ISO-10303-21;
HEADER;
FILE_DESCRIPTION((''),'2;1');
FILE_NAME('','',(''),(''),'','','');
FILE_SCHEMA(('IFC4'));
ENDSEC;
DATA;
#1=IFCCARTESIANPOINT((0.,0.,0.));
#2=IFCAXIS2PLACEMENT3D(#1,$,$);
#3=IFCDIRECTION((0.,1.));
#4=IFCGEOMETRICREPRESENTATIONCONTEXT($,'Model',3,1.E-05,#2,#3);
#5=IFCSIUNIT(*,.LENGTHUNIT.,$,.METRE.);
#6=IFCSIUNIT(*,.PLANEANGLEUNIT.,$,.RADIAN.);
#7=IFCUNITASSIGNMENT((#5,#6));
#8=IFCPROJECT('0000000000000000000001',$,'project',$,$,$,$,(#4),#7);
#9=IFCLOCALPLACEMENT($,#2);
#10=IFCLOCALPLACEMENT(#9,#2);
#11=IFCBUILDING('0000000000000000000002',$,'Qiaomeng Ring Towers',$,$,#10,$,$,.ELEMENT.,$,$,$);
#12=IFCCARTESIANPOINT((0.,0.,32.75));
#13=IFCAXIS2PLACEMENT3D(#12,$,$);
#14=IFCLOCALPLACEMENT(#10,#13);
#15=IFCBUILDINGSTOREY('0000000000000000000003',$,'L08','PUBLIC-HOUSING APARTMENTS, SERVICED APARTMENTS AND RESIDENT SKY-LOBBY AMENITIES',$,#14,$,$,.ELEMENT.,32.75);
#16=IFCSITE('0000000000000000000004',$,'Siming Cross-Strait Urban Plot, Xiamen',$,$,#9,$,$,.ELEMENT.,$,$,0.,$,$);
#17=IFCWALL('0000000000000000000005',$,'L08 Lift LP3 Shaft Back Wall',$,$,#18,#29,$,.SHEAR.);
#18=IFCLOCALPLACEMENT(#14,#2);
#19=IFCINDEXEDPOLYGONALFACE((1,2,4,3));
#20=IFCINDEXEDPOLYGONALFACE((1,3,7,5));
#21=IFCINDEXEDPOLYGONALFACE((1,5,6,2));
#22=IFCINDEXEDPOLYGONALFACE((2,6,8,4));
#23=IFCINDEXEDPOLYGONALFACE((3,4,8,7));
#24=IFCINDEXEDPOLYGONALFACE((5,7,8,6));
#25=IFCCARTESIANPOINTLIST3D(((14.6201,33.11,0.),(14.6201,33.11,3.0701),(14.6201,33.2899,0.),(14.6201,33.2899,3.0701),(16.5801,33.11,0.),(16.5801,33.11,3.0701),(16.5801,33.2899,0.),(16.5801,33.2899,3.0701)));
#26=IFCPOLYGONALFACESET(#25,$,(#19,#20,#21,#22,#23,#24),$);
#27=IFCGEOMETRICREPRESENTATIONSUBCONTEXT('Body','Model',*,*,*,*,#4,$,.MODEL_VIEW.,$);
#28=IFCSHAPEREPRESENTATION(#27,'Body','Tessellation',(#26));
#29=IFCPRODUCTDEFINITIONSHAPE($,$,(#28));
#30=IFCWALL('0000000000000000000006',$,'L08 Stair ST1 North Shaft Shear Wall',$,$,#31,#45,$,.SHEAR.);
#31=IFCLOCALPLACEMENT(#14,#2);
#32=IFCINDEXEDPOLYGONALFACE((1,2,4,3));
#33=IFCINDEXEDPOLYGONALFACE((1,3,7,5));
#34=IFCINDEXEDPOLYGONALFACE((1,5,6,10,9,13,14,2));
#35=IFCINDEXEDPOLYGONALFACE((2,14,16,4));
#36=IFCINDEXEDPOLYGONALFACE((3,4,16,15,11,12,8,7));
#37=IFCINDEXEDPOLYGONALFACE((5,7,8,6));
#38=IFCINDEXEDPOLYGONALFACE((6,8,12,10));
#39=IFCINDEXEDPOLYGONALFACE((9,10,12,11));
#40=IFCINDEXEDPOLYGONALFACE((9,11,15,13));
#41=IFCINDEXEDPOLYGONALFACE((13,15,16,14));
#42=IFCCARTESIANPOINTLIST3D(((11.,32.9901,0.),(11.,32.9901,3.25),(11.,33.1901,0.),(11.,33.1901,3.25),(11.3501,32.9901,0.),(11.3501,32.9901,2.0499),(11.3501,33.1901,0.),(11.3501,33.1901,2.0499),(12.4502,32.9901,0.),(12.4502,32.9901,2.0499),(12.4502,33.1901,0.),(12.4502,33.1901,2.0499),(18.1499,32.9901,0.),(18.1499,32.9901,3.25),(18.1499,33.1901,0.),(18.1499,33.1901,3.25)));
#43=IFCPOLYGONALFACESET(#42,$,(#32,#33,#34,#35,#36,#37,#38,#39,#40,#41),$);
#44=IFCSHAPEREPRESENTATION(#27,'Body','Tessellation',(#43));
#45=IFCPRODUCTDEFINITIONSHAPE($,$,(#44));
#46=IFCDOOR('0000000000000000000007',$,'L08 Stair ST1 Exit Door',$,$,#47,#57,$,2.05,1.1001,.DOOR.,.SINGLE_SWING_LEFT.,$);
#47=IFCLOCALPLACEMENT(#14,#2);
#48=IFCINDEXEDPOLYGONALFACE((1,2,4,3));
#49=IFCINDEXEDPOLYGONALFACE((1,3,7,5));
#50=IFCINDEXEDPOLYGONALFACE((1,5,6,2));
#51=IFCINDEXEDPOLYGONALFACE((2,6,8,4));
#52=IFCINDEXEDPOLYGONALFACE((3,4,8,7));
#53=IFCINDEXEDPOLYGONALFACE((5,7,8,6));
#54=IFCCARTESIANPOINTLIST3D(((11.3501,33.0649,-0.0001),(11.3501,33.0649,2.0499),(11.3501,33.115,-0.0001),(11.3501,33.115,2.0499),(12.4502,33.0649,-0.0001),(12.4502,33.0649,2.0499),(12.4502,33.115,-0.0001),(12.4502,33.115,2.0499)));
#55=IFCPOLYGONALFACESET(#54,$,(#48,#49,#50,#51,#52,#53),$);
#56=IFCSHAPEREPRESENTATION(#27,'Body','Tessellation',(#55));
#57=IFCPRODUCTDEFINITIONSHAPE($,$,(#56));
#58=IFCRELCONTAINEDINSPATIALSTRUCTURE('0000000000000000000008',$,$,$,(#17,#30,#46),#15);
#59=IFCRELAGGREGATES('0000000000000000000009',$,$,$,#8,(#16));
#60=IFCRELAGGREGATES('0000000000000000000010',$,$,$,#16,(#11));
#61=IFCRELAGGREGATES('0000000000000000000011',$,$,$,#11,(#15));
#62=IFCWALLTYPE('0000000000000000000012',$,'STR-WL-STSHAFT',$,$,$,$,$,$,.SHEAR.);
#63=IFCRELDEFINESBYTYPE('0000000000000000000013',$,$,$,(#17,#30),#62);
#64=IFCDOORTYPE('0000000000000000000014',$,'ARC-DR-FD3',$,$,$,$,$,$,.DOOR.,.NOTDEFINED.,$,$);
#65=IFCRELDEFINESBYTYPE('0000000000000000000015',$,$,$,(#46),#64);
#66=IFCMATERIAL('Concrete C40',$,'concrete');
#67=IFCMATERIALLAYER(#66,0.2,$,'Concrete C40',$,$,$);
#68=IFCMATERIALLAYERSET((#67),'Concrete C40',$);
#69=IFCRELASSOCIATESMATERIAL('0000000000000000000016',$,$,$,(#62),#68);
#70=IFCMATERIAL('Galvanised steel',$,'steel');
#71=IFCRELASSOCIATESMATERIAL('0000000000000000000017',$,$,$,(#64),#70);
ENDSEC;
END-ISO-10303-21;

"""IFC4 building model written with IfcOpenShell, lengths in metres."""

from ifc_helpers import new_model, si_unit, direction, frame, frame_2d, origin, place, context, subcontext, project, spatial, rectangle, extrude, source, transform, mapped, material, layer, layer_set, type_object, element, fill, save


model = new_model("IFC4")

# Units and contexts
model_context = context("Model", 3, precision=1e-05, world=origin(), true_north=direction((0.0, 1.0)))
body_context = subcontext(model_context, "Body", "Model", "MODEL_VIEW")
ifc_project = project(units=[si_unit("LENGTHUNIT", "METRE"), si_unit("PLANEANGLEUNIT", "RADIAN")], contexts=[model_context])

# Site, building, storey
site_placement = place(None, origin())
site = spatial("IfcSite", under=ifc_project, at=site_placement, Name="Siming Cross-Strait Urban Plot, Xiamen", CompositionType="ELEMENT", RefElevation=0.0)
building_placement = place(site_placement, origin())
building = spatial("IfcBuilding", under=site, at=building_placement, Name="Qiaomeng Ring Towers", CompositionType="ELEMENT")
storey_placement = place(building_placement, frame((0.0, 0.0, 32.75)))
storey = spatial("IfcBuildingStorey", under=building, at=storey_placement, Name="L08", Description="PUBLIC-HOUSING APARTMENTS, SERVICED APARTMENTS AND RESIDENT SKY-LOBBY AMENITIES", CompositionType="ELEMENT", Elevation=32.75)

# Wall
ifc_material_1 = material(Name="Concrete C40", Category="concrete")
ifc_layer_1 = layer(ifc_material_1, 0.2, Name="Concrete C40")
ifc_layer_set_1 = layer_set([ifc_layer_1], Name="Concrete C40")
wall_type_1 = type_object("IfcWallType", Name="STR-WL-STSHAFT", PredefinedType="SHEAR", material=ifc_layer_set_1)
wall_1_placement = place(storey_placement, frame((14.6201, 33.2, 0.0), z_axis=(0.0, 0.0, 1.0), x_axis=(1.0, 0.0, 0.0)))
element("IfcWall", 1, at=wall_1_placement, inside=storey, type_object=wall_type_1, Name="L08 Lift LP3 Shaft Back Wall", PredefinedType="SHEAR", context=body_context, shape_type="SweptSolid", body=[
    extrude(rectangle(XDim=1.96, YDim=0.1799, at=frame_2d((0.98, 0.0))), origin(), (0.0, 0.0, 1.0), 3.0701),
])

# Wall, opening, door
wall_2_placement = place(storey_placement, frame((11.0, 33.0901, 0.0), z_axis=(0.0, 0.0, 1.0), x_axis=(1.0, 0.0, 0.0)))
wall_2 = element("IfcWall", 2, at=wall_2_placement, inside=storey, type_object=wall_type_1, Name="L08 Stair ST1 North Shaft Shear Wall", PredefinedType="SHEAR", context=body_context, shape_type="SweptSolid", body=[
    extrude(rectangle(XDim=7.1499, YDim=0.2, at=frame_2d((3.575, 0.0))), origin(), (0.0, 0.0, 1.0), 3.25),
])
opening_1_placement = place(wall_2_placement, frame((0.3501, 0.0, 0.0)))
opening_1 = element("IfcOpeningElement", 3, at=opening_1_placement, cuts=wall_2, PredefinedType="OPENING", context=body_context, shape_type="SweptSolid", body=[
    extrude(rectangle(XDim=1.1001, YDim=2.05, at=frame_2d((0.55, 1.0249))), frame((0.0, 0.1099, 0.0), z_axis=(0.0, -1.0, 0.0), x_axis=(1.0, 0.0, 0.0)), (0.0, 0.0, 1.0), 0.22),
])
ifc_material_2 = material(Name="Galvanised steel", Category="steel")
door_type_1 = type_object("IfcDoorType", Name="ARC-DR-FD3", OperationType="NOTDEFINED", PredefinedType="DOOR", material=ifc_material_2)
shared_shape_1 = source(origin(), body_context, "Body", "SweptSolid", [
    extrude(rectangle(XDim=1.1001, YDim=2.05, at=frame_2d((0.55, 1.0249))), frame((0.0, 0.0249, 0.0), z_axis=(0.0, -1.0, 0.0), x_axis=(1.0, 0.0, 0.0)), (0.0, 0.0, 1.0), 0.05),
])
door_1_placement = place(opening_1_placement, origin())
door_1 = element("IfcDoor", 4, at=door_1_placement, inside=storey, type_object=door_type_1, Name="L08 Stair ST1 Exit Door", OperationType="SINGLE_SWING_LEFT", OverallHeight=2.05, OverallWidth=1.1001, PredefinedType="DOOR", context=body_context, shape_type="MappedRepresentation", body=[
    mapped(shared_shape_1, transform((0.0, 0.0, 0.0), x_axis=(1.0, 0.0, 0.0), y_axis=(0.0, 1.0, 0.0), z_axis=(0.0, 0.0, 1.0), scale=1.0)),
])
fill(opening_1, door_1)

save(model, "model.ifc")
